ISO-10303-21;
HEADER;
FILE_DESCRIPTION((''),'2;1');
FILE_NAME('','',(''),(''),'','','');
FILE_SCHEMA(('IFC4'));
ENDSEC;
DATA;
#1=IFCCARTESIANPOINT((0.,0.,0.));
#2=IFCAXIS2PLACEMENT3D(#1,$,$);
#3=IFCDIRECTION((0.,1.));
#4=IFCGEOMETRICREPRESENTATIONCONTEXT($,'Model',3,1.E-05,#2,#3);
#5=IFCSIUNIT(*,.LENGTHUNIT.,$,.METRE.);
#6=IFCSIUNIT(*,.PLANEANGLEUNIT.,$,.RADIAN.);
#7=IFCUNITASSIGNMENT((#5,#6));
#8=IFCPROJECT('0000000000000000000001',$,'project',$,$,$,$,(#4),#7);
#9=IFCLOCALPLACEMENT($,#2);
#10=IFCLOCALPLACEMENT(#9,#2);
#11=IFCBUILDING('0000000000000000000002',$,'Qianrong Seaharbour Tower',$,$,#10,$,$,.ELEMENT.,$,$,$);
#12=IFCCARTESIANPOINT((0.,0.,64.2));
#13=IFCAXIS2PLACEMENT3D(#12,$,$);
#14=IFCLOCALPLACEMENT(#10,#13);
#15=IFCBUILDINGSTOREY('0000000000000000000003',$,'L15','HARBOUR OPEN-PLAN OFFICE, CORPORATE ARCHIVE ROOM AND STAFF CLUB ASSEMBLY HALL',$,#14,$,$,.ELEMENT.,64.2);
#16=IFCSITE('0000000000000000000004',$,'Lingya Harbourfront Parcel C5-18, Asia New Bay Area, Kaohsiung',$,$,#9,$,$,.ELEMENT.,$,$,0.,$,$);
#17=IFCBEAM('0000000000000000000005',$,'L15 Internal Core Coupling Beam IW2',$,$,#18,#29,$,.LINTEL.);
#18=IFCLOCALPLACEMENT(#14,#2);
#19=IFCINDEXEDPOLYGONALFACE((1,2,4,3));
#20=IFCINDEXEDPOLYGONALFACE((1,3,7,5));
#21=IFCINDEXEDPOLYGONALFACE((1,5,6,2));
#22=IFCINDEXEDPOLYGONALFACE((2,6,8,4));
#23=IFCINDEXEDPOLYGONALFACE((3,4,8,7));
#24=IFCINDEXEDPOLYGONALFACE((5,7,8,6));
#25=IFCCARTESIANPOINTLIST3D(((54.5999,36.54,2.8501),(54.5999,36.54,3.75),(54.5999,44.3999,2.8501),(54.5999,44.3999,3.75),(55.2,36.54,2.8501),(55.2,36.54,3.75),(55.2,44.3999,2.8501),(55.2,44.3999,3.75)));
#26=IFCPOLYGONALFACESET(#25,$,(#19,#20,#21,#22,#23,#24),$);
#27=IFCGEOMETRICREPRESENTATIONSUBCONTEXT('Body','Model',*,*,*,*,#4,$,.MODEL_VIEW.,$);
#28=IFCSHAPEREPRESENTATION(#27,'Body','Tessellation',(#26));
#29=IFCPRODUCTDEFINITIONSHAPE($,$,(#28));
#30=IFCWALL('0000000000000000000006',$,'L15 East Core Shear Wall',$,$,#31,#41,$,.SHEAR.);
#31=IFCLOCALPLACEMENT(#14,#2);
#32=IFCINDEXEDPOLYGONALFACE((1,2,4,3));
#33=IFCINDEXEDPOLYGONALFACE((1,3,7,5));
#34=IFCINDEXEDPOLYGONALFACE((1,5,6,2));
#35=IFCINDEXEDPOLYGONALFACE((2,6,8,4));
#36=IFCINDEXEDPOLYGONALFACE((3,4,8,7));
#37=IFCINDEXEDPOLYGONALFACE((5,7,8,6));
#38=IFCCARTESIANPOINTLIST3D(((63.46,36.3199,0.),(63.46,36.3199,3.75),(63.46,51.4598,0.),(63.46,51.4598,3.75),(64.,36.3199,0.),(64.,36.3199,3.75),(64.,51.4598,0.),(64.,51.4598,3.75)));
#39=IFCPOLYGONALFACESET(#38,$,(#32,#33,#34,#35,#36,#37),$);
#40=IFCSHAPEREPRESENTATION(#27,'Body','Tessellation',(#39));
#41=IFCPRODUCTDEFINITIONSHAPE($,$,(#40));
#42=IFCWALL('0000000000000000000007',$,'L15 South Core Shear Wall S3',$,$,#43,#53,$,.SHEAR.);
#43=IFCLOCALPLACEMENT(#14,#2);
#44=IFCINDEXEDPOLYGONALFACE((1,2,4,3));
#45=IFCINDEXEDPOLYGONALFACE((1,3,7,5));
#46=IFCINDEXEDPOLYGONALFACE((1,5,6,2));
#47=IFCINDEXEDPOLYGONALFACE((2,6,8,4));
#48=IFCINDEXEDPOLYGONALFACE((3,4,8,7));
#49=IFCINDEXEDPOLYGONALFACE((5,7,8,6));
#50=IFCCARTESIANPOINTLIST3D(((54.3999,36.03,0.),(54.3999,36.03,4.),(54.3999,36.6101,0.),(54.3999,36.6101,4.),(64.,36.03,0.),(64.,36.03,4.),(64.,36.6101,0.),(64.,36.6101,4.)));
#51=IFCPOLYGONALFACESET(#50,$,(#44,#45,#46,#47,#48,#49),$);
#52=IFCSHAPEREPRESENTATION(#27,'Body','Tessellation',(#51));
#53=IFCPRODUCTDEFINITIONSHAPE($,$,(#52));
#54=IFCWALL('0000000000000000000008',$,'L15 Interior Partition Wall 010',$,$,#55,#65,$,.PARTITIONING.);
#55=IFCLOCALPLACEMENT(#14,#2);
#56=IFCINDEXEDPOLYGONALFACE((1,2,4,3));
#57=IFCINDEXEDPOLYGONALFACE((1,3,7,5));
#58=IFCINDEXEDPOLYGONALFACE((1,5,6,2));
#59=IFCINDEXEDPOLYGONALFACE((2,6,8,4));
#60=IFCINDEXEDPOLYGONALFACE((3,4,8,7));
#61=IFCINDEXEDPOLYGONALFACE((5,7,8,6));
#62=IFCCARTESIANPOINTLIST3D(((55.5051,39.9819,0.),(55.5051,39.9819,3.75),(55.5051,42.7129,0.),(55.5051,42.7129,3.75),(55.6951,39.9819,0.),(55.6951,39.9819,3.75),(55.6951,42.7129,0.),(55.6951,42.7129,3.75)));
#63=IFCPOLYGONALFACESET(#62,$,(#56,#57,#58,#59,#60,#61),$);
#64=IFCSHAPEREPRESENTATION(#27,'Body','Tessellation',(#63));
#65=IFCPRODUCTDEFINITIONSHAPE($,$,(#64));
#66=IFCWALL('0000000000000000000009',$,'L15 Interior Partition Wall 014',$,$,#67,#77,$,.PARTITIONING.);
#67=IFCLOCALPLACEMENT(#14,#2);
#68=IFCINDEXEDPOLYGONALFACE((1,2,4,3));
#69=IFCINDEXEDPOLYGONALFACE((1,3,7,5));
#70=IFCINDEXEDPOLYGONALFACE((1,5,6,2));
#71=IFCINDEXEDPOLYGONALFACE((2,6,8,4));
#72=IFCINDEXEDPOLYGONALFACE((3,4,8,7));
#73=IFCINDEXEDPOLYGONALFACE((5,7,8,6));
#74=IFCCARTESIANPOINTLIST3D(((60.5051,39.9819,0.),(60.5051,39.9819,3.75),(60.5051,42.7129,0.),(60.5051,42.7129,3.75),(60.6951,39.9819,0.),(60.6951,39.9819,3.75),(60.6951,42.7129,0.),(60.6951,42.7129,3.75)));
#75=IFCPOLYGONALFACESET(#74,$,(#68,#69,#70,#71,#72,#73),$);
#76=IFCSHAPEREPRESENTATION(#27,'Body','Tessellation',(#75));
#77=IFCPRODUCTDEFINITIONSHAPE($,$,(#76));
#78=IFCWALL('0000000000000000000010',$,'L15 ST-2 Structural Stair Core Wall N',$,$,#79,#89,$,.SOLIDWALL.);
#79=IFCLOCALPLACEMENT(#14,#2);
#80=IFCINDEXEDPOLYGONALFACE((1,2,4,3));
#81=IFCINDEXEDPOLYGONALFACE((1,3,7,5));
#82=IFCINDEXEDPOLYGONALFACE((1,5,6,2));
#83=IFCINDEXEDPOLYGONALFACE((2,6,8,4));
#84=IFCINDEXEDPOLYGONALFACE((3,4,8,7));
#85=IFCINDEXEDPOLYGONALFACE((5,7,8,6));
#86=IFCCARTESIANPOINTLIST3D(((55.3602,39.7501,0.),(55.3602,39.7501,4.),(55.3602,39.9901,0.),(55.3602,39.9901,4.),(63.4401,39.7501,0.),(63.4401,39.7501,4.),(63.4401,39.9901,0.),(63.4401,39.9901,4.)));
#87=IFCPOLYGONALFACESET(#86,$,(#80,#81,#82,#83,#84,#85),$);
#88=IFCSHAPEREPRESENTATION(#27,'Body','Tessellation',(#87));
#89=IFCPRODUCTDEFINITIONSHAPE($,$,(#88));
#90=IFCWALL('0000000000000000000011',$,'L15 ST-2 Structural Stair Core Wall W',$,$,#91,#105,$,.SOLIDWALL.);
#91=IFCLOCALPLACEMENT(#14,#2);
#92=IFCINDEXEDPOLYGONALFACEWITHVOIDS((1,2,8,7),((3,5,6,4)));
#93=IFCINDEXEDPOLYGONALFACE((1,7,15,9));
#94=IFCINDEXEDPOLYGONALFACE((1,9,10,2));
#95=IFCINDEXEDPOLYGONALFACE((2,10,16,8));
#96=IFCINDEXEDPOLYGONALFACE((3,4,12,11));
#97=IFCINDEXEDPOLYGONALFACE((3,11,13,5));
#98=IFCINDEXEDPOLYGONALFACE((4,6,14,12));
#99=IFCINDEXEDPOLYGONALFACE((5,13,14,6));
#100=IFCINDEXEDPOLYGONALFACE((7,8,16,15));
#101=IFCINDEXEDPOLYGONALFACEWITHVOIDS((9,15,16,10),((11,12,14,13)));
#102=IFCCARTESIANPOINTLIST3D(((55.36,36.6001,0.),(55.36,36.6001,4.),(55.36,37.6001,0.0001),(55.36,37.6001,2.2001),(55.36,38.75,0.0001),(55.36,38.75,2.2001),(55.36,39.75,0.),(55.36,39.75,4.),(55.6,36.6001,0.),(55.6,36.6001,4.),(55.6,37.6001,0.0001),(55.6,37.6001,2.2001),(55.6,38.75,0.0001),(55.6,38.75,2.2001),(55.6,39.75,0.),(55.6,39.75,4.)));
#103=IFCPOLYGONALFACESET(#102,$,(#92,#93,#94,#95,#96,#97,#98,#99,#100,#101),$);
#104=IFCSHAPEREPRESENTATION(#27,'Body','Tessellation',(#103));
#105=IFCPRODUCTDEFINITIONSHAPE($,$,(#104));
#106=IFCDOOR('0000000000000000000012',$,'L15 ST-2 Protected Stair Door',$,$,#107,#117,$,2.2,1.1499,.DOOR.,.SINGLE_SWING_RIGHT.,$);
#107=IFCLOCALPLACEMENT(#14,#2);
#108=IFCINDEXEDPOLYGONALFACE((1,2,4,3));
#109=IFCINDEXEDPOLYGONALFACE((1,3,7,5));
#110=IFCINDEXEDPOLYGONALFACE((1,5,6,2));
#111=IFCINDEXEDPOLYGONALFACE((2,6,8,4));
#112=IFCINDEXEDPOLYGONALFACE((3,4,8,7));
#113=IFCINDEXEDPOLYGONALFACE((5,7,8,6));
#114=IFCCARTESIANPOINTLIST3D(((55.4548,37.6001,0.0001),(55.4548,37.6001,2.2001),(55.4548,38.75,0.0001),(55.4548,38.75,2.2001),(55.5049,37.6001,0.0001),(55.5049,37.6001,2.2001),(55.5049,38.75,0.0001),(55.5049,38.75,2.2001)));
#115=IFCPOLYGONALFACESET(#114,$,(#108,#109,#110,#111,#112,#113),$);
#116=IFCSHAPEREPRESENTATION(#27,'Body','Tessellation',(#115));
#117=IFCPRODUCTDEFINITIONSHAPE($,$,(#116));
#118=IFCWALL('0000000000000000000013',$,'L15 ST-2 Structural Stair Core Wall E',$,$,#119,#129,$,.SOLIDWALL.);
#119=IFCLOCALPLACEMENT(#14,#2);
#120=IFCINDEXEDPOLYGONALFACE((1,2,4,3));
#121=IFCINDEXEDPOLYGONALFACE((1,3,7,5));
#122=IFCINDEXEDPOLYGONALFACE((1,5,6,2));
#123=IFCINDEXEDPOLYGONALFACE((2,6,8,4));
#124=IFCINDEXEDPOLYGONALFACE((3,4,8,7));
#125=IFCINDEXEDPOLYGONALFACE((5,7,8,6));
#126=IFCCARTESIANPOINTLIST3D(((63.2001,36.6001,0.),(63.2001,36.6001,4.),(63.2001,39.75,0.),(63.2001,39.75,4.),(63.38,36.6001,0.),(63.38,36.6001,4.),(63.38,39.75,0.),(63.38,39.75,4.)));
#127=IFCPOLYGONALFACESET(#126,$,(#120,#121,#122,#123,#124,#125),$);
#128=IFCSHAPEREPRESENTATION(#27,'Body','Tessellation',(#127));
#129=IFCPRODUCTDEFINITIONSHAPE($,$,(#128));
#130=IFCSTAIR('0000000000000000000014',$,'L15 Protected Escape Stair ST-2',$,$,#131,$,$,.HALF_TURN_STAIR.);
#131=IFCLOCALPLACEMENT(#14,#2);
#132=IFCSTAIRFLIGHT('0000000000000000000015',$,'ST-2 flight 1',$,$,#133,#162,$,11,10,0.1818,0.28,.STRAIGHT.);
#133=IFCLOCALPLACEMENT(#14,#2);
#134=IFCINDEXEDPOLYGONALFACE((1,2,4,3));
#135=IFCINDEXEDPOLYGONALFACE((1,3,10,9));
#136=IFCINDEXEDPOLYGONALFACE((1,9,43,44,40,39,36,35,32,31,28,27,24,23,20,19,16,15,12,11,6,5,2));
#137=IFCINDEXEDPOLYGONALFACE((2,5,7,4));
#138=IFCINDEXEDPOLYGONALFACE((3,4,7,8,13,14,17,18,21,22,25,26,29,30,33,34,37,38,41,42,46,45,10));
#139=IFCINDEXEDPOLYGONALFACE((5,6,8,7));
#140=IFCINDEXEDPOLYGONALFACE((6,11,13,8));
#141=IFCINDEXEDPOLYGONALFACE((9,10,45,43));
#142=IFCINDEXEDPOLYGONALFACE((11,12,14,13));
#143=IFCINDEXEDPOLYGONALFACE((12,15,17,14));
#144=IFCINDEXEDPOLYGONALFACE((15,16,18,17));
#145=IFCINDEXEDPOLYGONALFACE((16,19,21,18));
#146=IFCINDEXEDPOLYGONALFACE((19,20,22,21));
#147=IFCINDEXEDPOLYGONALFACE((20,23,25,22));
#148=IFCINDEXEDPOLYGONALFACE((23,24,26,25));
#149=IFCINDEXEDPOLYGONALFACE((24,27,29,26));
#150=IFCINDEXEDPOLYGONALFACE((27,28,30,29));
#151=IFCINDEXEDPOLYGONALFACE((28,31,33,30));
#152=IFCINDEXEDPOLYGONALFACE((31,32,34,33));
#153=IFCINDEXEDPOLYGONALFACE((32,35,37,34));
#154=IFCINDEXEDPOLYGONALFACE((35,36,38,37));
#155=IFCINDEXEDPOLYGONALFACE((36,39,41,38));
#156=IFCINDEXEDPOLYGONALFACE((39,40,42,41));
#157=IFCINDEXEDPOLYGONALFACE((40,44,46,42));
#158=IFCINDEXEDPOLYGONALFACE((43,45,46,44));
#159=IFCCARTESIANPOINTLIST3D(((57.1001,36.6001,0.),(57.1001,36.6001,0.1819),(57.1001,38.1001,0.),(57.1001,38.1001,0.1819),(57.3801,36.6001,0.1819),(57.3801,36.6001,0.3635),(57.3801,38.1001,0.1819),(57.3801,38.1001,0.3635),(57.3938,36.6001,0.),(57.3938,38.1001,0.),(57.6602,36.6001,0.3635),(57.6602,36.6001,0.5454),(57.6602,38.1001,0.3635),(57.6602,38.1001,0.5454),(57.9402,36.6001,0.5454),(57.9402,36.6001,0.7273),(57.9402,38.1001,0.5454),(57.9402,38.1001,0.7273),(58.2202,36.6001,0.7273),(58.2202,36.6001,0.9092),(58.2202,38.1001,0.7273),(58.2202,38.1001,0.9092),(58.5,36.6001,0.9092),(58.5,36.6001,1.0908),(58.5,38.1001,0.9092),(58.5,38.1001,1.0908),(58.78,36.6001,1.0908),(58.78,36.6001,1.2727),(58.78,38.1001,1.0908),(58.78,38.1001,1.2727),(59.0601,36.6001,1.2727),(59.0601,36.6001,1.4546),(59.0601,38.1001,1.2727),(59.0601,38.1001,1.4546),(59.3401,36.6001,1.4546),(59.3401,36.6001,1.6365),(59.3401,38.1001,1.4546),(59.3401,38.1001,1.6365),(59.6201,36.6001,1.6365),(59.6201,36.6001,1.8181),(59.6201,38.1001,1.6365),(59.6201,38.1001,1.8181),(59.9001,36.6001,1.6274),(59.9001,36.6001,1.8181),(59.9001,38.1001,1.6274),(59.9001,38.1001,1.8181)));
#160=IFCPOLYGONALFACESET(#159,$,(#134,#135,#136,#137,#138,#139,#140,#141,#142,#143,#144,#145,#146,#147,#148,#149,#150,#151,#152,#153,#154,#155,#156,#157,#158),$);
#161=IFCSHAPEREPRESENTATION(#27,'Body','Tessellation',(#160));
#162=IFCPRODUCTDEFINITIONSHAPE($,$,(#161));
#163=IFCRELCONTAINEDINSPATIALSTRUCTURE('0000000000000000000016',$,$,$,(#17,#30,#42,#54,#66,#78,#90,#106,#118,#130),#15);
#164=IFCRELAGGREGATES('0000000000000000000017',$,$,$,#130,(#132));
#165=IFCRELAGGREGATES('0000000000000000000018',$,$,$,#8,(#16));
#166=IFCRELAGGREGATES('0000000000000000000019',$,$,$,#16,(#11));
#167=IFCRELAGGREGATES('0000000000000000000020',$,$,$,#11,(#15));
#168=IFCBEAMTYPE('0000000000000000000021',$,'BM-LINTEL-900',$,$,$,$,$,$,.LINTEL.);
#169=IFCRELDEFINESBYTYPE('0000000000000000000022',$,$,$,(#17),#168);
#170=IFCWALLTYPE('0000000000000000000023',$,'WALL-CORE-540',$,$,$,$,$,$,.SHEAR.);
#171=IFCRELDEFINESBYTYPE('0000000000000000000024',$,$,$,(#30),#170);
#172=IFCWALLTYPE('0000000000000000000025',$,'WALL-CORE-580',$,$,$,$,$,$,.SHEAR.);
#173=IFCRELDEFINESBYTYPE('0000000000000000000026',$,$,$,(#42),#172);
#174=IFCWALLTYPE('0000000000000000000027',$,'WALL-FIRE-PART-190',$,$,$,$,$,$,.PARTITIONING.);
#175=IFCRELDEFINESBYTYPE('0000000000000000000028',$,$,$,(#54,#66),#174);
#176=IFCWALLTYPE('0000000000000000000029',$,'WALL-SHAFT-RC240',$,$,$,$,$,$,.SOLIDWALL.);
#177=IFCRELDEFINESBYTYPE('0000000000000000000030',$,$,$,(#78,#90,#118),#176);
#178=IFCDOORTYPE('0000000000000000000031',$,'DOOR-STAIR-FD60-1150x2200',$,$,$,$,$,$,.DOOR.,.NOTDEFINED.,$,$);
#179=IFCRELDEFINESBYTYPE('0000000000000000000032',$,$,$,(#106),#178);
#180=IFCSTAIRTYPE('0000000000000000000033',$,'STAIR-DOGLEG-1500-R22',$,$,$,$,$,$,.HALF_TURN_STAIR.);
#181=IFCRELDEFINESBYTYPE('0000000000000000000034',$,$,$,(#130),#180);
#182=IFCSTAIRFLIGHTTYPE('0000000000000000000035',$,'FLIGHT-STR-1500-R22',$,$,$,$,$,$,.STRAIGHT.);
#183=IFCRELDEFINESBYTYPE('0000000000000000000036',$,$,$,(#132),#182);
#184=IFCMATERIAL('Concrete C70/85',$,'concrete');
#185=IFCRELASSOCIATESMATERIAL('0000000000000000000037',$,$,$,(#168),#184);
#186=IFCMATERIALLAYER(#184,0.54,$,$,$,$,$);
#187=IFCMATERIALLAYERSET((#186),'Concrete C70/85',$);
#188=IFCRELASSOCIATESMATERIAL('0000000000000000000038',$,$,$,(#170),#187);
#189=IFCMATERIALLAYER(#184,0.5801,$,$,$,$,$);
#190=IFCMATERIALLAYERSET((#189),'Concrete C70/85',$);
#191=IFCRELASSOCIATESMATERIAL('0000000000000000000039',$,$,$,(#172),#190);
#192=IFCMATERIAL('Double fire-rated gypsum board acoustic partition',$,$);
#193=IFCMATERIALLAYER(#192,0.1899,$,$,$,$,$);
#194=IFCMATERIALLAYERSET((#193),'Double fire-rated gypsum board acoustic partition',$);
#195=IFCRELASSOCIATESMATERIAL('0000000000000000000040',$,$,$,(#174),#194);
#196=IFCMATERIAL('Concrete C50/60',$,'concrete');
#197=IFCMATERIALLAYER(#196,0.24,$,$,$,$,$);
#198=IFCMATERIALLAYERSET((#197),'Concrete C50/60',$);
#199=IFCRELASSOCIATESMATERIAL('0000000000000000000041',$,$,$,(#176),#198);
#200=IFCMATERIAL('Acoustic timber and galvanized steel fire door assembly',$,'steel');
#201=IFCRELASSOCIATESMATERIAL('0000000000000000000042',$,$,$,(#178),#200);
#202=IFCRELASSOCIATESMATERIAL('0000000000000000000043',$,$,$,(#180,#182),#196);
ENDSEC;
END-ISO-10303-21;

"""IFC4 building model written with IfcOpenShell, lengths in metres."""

from ifc_helpers import new_model, si_unit, direction, frame, frame_2d, origin, origin_2d, place, context, subcontext, project, spatial, polyline, rectangle, outline, extrude, material, layer, layer_set, material_profile, profile_set, type_object, element, fill, aggregate, save


model = new_model("IFC4")

# Units and contexts
model_context = context("Model", 3, precision=1e-05, world=origin(), true_north=direction((0.0, 1.0)))
body_context = subcontext(model_context, "Body", "Model", "MODEL_VIEW")
ifc_project = project(units=[si_unit("LENGTHUNIT", "METRE"), si_unit("PLANEANGLEUNIT", "RADIAN")], contexts=[model_context])

# Site, building, storey
site_placement = place(None, origin())
site = spatial("IfcSite", under=ifc_project, at=site_placement, Name="Lingya Harbourfront Parcel C5-18, Asia New Bay Area, Kaohsiung", CompositionType="ELEMENT", RefElevation=0.0)
building_placement = place(site_placement, origin())
building = spatial("IfcBuilding", under=site, at=building_placement, Name="Qianrong Seaharbour Tower", CompositionType="ELEMENT")
storey_placement = place(building_placement, frame((0.0, 0.0, 64.2)))
storey = spatial("IfcBuildingStorey", under=building, at=storey_placement, Name="L15", Description="HARBOUR OPEN-PLAN OFFICE, CORPORATE ARCHIVE ROOM AND STAFF CLUB ASSEMBLY HALL", CompositionType="ELEMENT", Elevation=64.2)

# Beam
ifc_material_1 = material(Name="Concrete C70/85", Category="concrete")
ifc_material_profile = material_profile(ifc_material_1, rectangle(XDim=0.6001, YDim=0.8999, at=origin_2d()), Name="RC600x900")
ifc_profile_set = profile_set([ifc_material_profile], Name="Concrete C70/85")
beam_type = type_object("IfcBeamType", Name="BM-LINTEL-900", PredefinedType="LINTEL", material=ifc_profile_set)
beam_placement = place(storey_placement, frame((54.8999, 36.54, 3.3), z_axis=(0.0, 1.0, 0.0), x_axis=(-1.0, 0.0, 0.0)))
element("IfcBeam", 1, at=beam_placement, inside=storey, type_object=beam_type, Name="L15 Internal Core Coupling Beam IW2", PredefinedType="LINTEL", context=body_context, shape_type="SweptSolid", body=[
    extrude(rectangle(XDim=0.6001, YDim=0.8999, at=origin_2d()), origin(), (0.0, 0.0, 1.0), 7.8599),
])

# Walls
ifc_layer_1 = layer(ifc_material_1, 0.54)
ifc_layer_set_1 = layer_set([ifc_layer_1], Name="Concrete C70/85")
wall_type_1 = type_object("IfcWallType", Name="WALL-CORE-540", PredefinedType="SHEAR", material=ifc_layer_set_1)
wall_1_placement = place(storey_placement, frame((63.73, 36.3201, 0.0), z_axis=(0.0, 0.0, 1.0), x_axis=(0.0, 1.0, 0.0)))
element("IfcWall", 2, at=wall_1_placement, inside=storey, type_object=wall_type_1, Name="L15 East Core Shear Wall", PredefinedType="SHEAR", context=body_context, shape_type="SweptSolid", body=[
    extrude(rectangle(XDim=15.1399, YDim=0.54, at=frame_2d((7.5698, 0.0))), origin(), (0.0, 0.0, 1.0), 3.75),
])
ifc_layer_2 = layer(ifc_material_1, 0.5801)
ifc_layer_set_2 = layer_set([ifc_layer_2], Name="Concrete C70/85")
wall_type_2 = type_object("IfcWallType", Name="WALL-CORE-580", PredefinedType="SHEAR", material=ifc_layer_set_2)
wall_2_placement = place(storey_placement, frame((54.3999, 36.3201, 0.0), z_axis=(0.0, 0.0, 1.0), x_axis=(1.0, 0.0, 0.0)))
element("IfcWall", 3, at=wall_2_placement, inside=storey, type_object=wall_type_2, Name="L15 South Core Shear Wall S3", PredefinedType="SHEAR", context=body_context, shape_type="SweptSolid", body=[
    extrude(rectangle(XDim=9.6001, YDim=0.5801, at=frame_2d((4.8, 0.0))), origin(), (0.0, 0.0, 1.0), 4.0),
])
ifc_material_2 = material(Name="Double fire-rated gypsum board acoustic partition")
ifc_layer_3 = layer(ifc_material_2, 0.1899)
ifc_layer_set_3 = layer_set([ifc_layer_3], Name="Double fire-rated gypsum board acoustic partition")
wall_type_3 = type_object("IfcWallType", Name="WALL-FIRE-PART-190", PredefinedType="PARTITIONING", material=ifc_layer_set_3)
for number, where, z_axis, x_axis, name in (
    (4, (55.6001, 42.7129, 0.0), (0.0, 0.0, 1.0), (0.0, -1.0, 0.0), "L15 Interior Partition Wall 010"),
    (5, (60.6001, 42.7129, 0.0), (0.0, 0.0, 1.0), (0.0, -1.0, 0.0), "L15 Interior Partition Wall 014"),
):
    element("IfcWall", number, at=place(storey_placement, frame(where, z_axis=z_axis, x_axis=x_axis)), inside=storey, type_object=wall_type_3, Name=name, PredefinedType="PARTITIONING", context=body_context, shape_type="SweptSolid", body=[
        extrude(rectangle(XDim=2.731, YDim=0.1899, at=frame_2d((1.3655, 0.0))), origin(), (0.0, 0.0, 1.0), 3.75),
    ])
ifc_material_3 = material(Name="Concrete C50/60", Category="concrete")
ifc_layer_4 = layer(ifc_material_3, 0.24)
ifc_layer_set_4 = layer_set([ifc_layer_4], Name="Concrete C50/60")
wall_type_4 = type_object("IfcWallType", Name="WALL-SHAFT-RC240", PredefinedType="SOLIDWALL", material=ifc_layer_set_4)
wall_3_placement = place(storey_placement, frame((55.3601, 39.8701, 0.0), z_axis=(0.0, 0.0, 1.0), x_axis=(1.0, 0.0, 0.0)))
element("IfcWall", 6, at=wall_3_placement, inside=storey, type_object=wall_type_4, Name="L15 ST-2 Structural Stair Core Wall N", PredefinedType="SOLIDWALL", context=body_context, shape_type="SweptSolid", body=[
    extrude(rectangle(XDim=8.0798, YDim=0.24, at=frame_2d((4.04, 0.0))), origin(), (0.0, 0.0, 1.0), 4.0),
])

# Wall, opening, door
wall_4_placement = place(storey_placement, frame((55.48, 39.75, 0.0), z_axis=(0.0, 0.0, 1.0), x_axis=(0.0, -1.0, 0.0)))
wall_4 = element("IfcWall", 7, at=wall_4_placement, inside=storey, type_object=wall_type_4, Name="L15 ST-2 Structural Stair Core Wall W", PredefinedType="SOLIDWALL", context=body_context, shape_type="SweptSolid", body=[
    extrude(rectangle(XDim=3.1499, YDim=0.24, at=frame_2d((1.575, 0.0))), origin(), (0.0, 0.0, 1.0), 4.0),
])
opening_placement = place(wall_4_placement, frame((1.0, 0.0, 0.0)))
opening = element("IfcOpeningElement", 8, at=opening_placement, cuts=wall_4, PredefinedType="OPENING", context=body_context, shape_type="SweptSolid", body=[
    extrude(rectangle(XDim=1.1499, YDim=2.2, at=frame_2d((0.575, 1.1001))), frame((0.0, 0.1299, 0.0), z_axis=(0.0, -1.0, 0.0), x_axis=(1.0, 0.0, 0.0)), (0.0, 0.0, 1.0), 0.26),
])
ifc_material_4 = material(Name="Acoustic timber and galvanized steel fire door assembly", Category="steel")
door_type = type_object("IfcDoorType", Name="DOOR-STAIR-FD60-1150x2200", OperationType="NOTDEFINED", PredefinedType="DOOR", material=ifc_material_4)
door_placement = place(opening_placement, origin())
door = element("IfcDoor", 9, at=door_placement, inside=storey, type_object=door_type, Name="L15 ST-2 Protected Stair Door", OperationType="SINGLE_SWING_RIGHT", OverallHeight=2.2, OverallWidth=1.1499, PredefinedType="DOOR", context=body_context, shape_type="SweptSolid", body=[
    extrude(rectangle(XDim=1.1499, YDim=2.2, at=frame_2d((0.575, 1.1001))), frame((0.0, 0.0249, 0.0), z_axis=(0.0, -1.0, 0.0), x_axis=(1.0, 0.0, 0.0)), (0.0, 0.0, 1.0), 0.05),
])
fill(opening, door)

# Wall
wall_5_placement = place(storey_placement, frame((63.29, 36.6001, 0.0), z_axis=(0.0, 0.0, 1.0), x_axis=(0.0, 1.0, 0.0)))
element("IfcWall", 10, at=wall_5_placement, inside=storey, type_object=wall_type_4, Name="L15 ST-2 Structural Stair Core Wall E", PredefinedType="SOLIDWALL", context=body_context, shape_type="SweptSolid", body=[
    extrude(rectangle(XDim=3.1499, YDim=0.1799, at=frame_2d((1.575, 0.0))), origin(), (0.0, 0.0, 1.0), 4.0),
])

# Stair, stair flight
stair_type = type_object("IfcStairType", Name="STAIR-DOGLEG-1500-R22", PredefinedType="HALF_TURN_STAIR", material=ifc_material_3)
stair_placement = place(storey_placement, origin())
stair = element("IfcStair", 11, at=stair_placement, inside=storey, type_object=stair_type, Name="L15 Protected Escape Stair ST-2", PredefinedType="HALF_TURN_STAIR")
stair_flight_type = type_object("IfcStairFlightType", Name="FLIGHT-STR-1500-R22", PredefinedType="STRAIGHT", material=ifc_material_3)
stair_flight_1_placement = place(storey_placement, frame((57.1001, 37.3501, 0.0), z_axis=(0.0, 0.0, 1.0), x_axis=(1.0, 0.0, 0.0)))
stair_flight_1 = element("IfcStairFlight", 12, at=stair_flight_1_placement, type_object=stair_flight_type, Name="ST-2 flight 1", NumberOfRisers=11, NumberOfTreads=10, PredefinedType="STRAIGHT", RiserHeight=0.1818, TreadLength=0.28, context=body_context, shape_type="SweptSolid", body=[
    extrude(outline(polyline([(0.0, 0.0), (0.0, 0.1819), (0.28, 0.1819), (0.28, 0.3635), (0.5601, 0.3635), (0.5601, 0.5454), (0.8401, 0.5454), (0.8401, 0.7273), (1.1201, 0.7273), (1.1201, 0.9092), (1.3999, 0.9092), (1.3999, 1.0908), (1.6799, 1.0908), (1.6799, 1.2727), (1.96, 1.2727), (1.96, 1.4546), (2.24, 1.4546), (2.24, 1.6365), (2.52, 1.6365), (2.52, 1.8181), (2.8, 1.8181), (2.8, 2.0), (2.8, 1.6274), (0.2937, 0.0), (0.0, 0.0)])), frame((0.0, 0.75, 0.0), z_axis=(0.0, -1.0, 0.0), x_axis=(1.0, 0.0, 0.0)), (0.0, 0.0, 1.0), 1.5),
])
aggregate(stair, [stair_flight_1])

save(model, "model.ifc")
